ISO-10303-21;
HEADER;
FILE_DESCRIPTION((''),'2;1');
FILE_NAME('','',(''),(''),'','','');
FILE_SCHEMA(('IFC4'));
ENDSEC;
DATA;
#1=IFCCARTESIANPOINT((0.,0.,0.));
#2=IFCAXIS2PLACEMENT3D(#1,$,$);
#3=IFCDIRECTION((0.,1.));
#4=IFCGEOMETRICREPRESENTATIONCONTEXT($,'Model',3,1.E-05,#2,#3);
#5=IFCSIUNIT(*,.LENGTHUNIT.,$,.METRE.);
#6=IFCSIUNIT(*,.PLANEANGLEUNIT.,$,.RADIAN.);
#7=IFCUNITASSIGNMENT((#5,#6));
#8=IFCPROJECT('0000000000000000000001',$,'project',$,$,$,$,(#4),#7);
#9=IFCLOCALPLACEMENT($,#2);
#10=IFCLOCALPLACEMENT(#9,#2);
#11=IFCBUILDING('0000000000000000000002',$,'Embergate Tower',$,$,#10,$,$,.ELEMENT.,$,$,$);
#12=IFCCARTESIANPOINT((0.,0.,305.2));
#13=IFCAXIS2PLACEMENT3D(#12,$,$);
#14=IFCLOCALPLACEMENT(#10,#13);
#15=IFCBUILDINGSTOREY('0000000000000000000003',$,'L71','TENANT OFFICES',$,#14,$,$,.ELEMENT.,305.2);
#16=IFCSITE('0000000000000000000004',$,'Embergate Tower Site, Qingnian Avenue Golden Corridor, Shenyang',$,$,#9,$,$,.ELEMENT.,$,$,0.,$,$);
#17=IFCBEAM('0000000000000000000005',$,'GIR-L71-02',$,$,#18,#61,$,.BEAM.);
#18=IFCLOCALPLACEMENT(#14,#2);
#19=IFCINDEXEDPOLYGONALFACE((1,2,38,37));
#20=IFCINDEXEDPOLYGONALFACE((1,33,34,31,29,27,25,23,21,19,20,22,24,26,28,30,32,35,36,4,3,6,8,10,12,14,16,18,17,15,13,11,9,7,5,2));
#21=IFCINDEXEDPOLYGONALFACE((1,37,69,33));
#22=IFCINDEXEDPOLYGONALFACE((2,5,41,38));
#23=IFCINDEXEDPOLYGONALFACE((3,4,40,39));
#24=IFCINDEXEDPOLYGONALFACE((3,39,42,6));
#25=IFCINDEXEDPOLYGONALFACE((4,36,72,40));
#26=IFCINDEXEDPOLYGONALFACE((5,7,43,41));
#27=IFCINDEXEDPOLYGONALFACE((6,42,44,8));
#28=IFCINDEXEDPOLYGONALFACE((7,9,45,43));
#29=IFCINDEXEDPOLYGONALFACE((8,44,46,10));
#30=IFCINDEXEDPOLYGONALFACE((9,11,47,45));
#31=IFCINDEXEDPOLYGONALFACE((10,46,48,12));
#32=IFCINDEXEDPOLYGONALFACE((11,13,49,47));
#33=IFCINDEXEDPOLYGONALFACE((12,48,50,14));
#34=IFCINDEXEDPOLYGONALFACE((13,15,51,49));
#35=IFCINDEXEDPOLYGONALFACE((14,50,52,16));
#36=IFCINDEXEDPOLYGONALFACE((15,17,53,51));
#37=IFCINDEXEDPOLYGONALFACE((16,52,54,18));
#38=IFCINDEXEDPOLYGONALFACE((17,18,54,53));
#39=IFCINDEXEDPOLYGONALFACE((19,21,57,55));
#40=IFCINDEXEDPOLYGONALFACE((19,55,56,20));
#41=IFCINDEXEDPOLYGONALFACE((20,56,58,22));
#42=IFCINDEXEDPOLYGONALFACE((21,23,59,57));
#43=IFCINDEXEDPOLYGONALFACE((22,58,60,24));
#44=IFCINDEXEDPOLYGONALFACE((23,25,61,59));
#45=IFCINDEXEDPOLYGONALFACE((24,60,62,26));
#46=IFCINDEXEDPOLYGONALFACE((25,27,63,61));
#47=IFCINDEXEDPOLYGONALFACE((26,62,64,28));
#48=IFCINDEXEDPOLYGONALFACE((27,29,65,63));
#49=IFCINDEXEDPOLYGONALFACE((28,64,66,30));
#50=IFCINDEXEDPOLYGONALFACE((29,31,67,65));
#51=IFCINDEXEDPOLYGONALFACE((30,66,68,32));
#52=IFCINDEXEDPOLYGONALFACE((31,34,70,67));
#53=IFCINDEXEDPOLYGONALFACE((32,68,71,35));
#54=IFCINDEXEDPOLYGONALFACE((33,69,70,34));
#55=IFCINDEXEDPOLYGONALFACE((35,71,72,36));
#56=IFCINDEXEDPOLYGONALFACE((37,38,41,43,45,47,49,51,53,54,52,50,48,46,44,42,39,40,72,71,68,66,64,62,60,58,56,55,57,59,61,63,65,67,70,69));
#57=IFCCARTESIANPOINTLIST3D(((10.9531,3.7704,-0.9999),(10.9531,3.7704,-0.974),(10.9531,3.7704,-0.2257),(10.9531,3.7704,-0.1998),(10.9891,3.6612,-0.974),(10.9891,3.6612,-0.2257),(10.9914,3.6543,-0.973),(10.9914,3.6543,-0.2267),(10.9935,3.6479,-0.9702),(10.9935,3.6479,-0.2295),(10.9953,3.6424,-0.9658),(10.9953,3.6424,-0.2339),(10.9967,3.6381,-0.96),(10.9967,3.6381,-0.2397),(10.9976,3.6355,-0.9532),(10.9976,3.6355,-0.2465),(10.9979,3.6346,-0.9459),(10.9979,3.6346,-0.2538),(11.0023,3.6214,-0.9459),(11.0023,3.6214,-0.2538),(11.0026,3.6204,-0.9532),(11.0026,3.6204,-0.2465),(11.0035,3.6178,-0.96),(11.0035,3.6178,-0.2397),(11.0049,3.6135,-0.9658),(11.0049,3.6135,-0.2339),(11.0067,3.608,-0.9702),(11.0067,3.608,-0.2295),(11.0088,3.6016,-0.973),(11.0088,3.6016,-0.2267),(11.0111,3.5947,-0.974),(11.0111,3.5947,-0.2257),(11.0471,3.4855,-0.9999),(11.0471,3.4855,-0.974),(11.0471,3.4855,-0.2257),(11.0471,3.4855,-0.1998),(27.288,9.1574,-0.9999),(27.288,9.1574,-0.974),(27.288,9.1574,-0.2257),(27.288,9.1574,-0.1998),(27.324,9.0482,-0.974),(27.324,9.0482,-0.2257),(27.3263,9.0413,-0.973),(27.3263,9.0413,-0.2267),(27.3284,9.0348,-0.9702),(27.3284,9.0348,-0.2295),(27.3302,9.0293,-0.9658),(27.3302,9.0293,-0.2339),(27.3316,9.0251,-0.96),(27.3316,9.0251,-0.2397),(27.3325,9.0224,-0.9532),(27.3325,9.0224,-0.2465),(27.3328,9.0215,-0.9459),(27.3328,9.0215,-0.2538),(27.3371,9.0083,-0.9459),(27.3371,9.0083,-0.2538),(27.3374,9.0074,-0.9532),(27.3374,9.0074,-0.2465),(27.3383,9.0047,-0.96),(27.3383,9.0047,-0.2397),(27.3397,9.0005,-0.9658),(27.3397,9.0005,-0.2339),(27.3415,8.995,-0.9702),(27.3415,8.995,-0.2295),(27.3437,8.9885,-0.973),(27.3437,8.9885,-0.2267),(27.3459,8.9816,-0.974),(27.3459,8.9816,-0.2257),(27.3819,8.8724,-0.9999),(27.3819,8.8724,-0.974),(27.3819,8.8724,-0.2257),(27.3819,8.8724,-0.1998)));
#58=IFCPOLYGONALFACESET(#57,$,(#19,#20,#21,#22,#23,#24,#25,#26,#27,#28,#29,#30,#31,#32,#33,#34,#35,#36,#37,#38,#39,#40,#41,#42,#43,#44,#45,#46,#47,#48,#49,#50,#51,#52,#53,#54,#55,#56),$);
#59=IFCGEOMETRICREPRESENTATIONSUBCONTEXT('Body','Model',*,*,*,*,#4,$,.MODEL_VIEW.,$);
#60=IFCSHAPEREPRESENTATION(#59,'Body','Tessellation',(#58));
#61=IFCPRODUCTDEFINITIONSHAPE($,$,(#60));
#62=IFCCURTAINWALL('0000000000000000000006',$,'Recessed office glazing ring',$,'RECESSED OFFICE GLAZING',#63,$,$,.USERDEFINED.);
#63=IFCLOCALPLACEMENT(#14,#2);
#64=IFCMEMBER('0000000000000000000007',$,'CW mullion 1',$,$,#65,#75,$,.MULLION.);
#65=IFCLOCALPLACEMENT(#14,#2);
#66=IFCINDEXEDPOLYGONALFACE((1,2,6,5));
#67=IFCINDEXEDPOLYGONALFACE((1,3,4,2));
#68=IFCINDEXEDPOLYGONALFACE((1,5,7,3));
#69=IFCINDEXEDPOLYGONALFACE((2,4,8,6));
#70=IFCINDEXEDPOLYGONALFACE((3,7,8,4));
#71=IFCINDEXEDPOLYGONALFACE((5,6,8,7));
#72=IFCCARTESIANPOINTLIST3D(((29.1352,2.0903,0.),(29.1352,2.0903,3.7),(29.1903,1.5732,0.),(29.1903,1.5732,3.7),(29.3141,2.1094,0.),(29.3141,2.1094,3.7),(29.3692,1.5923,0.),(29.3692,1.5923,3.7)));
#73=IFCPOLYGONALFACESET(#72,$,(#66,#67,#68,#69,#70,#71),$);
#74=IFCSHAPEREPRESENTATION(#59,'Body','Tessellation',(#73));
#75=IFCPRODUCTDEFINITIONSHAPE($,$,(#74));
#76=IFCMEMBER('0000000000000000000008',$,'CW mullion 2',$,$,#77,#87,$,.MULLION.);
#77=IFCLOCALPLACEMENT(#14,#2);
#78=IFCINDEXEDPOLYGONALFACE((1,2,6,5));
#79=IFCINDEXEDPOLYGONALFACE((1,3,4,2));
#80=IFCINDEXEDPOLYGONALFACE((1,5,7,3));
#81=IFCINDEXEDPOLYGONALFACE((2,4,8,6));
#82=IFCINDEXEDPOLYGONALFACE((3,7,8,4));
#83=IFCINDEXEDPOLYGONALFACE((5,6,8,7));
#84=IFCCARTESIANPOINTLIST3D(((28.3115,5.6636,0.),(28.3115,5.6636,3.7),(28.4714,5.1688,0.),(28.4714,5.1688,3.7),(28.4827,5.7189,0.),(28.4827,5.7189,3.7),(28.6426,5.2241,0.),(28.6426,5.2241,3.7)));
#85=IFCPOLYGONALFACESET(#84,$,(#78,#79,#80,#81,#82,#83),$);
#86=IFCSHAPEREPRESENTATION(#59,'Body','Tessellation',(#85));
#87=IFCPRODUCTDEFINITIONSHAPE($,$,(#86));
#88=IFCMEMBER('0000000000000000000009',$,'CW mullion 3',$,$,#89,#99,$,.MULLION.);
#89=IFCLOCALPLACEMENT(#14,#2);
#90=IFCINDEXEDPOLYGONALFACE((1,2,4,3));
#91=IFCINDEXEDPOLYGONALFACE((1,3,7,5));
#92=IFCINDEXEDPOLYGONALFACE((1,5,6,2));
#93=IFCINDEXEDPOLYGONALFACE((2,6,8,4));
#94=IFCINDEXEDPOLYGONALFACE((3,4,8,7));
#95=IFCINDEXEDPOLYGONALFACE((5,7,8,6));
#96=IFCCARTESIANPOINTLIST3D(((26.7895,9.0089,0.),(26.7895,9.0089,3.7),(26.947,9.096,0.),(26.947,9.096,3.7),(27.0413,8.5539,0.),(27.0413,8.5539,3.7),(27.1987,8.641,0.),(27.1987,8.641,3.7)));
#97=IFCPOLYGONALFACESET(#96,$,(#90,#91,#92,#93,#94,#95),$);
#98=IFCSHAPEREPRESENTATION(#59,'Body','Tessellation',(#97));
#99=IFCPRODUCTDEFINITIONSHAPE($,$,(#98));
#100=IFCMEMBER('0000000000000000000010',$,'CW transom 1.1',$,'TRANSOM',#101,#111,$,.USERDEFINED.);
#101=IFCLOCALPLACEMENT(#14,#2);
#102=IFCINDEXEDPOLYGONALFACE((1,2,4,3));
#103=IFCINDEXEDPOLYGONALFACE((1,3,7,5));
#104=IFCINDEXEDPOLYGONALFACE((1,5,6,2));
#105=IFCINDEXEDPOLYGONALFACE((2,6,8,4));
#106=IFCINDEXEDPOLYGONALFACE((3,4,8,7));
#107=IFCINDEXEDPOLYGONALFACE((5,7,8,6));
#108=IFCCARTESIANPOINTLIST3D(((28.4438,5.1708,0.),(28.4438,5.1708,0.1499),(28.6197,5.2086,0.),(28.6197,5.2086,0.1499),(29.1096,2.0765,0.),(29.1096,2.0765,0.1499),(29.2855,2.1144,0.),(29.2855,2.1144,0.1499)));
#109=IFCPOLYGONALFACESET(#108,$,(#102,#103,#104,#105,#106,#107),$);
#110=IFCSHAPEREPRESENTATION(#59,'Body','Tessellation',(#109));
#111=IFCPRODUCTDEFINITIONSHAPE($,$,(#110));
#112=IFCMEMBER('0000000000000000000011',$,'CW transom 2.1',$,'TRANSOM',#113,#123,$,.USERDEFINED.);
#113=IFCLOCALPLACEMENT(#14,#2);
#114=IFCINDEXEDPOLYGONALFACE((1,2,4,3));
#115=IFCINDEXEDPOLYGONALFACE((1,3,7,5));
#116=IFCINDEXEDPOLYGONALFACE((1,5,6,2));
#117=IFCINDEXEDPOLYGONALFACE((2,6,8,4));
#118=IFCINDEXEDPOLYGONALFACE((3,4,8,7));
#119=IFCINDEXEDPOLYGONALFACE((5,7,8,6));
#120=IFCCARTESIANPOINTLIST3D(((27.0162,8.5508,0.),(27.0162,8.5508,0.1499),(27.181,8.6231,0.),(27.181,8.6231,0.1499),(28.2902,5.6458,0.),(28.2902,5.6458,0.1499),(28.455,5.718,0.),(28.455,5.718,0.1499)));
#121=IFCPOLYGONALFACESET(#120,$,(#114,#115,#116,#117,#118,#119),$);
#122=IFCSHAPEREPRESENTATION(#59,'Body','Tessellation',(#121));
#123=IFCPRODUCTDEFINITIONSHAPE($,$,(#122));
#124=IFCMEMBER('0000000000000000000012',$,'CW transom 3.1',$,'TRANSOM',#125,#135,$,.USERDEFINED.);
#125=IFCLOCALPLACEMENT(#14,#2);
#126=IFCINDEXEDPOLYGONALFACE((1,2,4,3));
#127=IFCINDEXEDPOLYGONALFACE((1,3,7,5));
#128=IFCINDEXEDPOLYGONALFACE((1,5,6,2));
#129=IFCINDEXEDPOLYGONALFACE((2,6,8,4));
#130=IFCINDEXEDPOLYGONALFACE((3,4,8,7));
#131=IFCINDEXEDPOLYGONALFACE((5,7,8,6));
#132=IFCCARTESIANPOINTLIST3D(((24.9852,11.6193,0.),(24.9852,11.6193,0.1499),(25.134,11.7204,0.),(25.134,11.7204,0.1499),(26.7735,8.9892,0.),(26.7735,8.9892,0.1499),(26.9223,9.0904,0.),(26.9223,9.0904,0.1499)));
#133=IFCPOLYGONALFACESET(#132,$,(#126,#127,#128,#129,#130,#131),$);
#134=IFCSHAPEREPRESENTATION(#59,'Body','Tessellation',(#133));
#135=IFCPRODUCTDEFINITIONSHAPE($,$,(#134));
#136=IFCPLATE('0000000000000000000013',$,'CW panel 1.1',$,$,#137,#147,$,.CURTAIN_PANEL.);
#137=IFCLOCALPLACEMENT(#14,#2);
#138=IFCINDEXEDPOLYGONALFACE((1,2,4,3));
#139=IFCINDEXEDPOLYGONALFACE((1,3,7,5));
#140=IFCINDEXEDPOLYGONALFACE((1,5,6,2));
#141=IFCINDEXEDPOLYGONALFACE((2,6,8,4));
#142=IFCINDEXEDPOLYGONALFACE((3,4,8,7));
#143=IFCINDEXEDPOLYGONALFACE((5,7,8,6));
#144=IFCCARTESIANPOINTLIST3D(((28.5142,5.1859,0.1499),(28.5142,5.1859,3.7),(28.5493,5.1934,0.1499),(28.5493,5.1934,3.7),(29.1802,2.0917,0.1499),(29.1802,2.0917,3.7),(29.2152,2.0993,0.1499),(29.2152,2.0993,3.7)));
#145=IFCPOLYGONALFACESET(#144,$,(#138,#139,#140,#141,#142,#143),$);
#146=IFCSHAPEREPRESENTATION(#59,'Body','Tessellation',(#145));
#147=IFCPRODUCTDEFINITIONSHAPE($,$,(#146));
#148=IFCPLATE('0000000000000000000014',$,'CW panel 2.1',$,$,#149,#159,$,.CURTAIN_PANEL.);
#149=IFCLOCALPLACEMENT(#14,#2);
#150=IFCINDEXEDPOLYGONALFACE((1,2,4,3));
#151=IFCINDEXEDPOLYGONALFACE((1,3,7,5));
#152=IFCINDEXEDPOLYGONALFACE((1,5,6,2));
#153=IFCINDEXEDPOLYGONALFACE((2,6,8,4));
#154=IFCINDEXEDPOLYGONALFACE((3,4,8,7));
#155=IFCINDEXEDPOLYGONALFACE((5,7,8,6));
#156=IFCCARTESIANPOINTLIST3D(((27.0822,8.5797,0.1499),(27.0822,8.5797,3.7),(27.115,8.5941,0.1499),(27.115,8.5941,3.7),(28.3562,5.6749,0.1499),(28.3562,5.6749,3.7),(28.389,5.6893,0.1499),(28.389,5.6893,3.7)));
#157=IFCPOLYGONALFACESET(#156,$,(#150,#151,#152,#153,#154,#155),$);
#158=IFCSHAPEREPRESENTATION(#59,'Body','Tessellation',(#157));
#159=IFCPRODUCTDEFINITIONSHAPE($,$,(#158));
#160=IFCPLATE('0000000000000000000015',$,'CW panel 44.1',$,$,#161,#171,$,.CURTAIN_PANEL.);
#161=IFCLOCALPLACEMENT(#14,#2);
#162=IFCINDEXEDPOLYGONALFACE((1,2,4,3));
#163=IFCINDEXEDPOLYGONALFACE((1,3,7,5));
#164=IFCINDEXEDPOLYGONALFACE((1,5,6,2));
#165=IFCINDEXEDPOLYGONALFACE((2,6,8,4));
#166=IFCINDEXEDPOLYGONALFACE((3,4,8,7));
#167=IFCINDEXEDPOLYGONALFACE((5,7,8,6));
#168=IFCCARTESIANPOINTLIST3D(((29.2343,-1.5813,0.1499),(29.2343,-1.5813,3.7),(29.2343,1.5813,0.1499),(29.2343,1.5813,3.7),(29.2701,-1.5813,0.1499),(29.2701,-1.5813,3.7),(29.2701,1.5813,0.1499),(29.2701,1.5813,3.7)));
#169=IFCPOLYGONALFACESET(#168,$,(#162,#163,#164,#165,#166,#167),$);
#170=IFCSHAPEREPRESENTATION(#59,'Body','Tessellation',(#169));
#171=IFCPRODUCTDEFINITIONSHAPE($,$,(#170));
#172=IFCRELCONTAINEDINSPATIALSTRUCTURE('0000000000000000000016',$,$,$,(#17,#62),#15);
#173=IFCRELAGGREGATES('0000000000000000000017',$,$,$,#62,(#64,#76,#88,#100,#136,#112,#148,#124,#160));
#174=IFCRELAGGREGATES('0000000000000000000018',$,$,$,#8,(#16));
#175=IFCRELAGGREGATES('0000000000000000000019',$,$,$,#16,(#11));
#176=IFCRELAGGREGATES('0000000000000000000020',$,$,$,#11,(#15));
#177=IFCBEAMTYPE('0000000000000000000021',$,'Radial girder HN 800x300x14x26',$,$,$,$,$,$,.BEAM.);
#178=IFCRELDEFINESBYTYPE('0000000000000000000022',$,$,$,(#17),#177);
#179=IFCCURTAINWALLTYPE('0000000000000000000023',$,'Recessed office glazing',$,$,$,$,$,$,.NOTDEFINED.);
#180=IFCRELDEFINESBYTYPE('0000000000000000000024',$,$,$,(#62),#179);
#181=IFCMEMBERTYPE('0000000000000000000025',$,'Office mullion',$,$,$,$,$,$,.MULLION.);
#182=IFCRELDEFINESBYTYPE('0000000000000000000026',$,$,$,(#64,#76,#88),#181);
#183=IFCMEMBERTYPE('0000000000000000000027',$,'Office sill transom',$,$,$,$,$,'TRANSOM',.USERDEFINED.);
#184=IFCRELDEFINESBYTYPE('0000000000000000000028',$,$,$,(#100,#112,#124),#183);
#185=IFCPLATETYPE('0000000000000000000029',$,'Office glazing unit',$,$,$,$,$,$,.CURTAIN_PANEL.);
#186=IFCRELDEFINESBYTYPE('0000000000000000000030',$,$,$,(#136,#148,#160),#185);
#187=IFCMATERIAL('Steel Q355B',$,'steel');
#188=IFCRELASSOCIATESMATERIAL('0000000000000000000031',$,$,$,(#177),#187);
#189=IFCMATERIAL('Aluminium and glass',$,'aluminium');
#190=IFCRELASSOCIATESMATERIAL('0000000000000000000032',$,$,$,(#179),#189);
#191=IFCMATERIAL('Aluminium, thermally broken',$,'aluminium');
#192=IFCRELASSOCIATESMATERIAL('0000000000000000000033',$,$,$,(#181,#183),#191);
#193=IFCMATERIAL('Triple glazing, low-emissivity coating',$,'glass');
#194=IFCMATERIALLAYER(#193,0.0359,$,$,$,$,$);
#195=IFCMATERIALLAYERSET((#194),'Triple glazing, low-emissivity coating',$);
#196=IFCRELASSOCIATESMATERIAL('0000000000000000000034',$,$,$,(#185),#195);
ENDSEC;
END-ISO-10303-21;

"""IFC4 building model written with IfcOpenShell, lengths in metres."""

from ifc_helpers import new_model, si_unit, direction, frame, origin, origin_2d, place, context, subcontext, project, spatial, rectangle, i_section, extrude, source, transform, mapped, material, layer, layer_set, material_profile, profile_set, type_object, element, aggregate, save


model = new_model("IFC4")

# Units and contexts
model_context = context("Model", 3, precision=1e-05, world=origin(), true_north=direction((0.0, 1.0)))
body_context = subcontext(model_context, "Body", "Model", "MODEL_VIEW")
ifc_project = project(units=[si_unit("LENGTHUNIT", "METRE"), si_unit("PLANEANGLEUNIT", "RADIAN")], contexts=[model_context])

# Site, building, storey
site_placement = place(None, origin())
site = spatial("IfcSite", under=ifc_project, at=site_placement, Name="Embergate Tower Site, Qingnian Avenue Golden Corridor, Shenyang", CompositionType="ELEMENT", RefElevation=0.0)
building_placement = place(site_placement, origin())
building = spatial("IfcBuilding", under=site, at=building_placement, Name="Embergate Tower", CompositionType="ELEMENT")
storey_placement = place(building_placement, frame((0.0, 0.0, 305.2)))
storey = spatial("IfcBuildingStorey", under=building, at=storey_placement, Name="L71", Description="TENANT OFFICES", CompositionType="ELEMENT", Elevation=305.2)

# Beam
ifc_material_1 = material(Name="Steel Q355B", Category="steel")
ifc_material_profile_1 = material_profile(ifc_material_1, i_section(OverallWidth=0.3, OverallDepth=0.8, WebThickness=0.0139, FlangeThickness=0.0259, FilletRadius=0.0281, at=origin_2d()), Name="HN 800x300x14x26")
ifc_profile_set_1 = profile_set([ifc_material_profile_1], Name="Steel Q355 grade B")
beam_type_1 = type_object("IfcBeamType", Name="Radial girder HN 800x300x14x26", PredefinedType="BEAM", material=ifc_profile_set_1)
shared_shape_1 = source(origin(), body_context, "Body", "SweptSolid", [
    extrude(i_section(OverallWidth=0.3, OverallDepth=0.8, WebThickness=0.0139, FlangeThickness=0.0259, FilletRadius=0.0281, at=origin_2d()), origin(), (0.0, 0.0, 1.0), 17.2002),
])
beam_1_placement = place(storey_placement, frame((27.335, 9.0149, -0.5999), z_axis=(-0.94969, -0.31319, 0.0), x_axis=(0.31319, -0.94969, 0.0)))
element("IfcBeam", 1, at=beam_1_placement, inside=storey, type_object=beam_type_1, Name="GIR-L71-02", PredefinedType="BEAM", context=body_context, shape_type="MappedRepresentation", body=[
    mapped(shared_shape_1, transform((0.0, 0.0, 0.0))),
])

# Curtain wall, members, plates
ifc_material_2 = material(Name="Aluminium and glass", Category="aluminium")
curtain_wall_type = type_object("IfcCurtainWallType", Name="Recessed office glazing", PredefinedType="NOTDEFINED", material=ifc_material_2)
curtain_wall_placement = place(storey_placement, origin())
curtain_wall = element("IfcCurtainWall", 2, at=curtain_wall_placement, inside=storey, type_object=curtain_wall_type, Name="Recessed office glazing ring", ObjectType="RECESSED OFFICE GLAZING", PredefinedType="USERDEFINED")
ifc_material_3 = material(Name="Aluminium, thermally broken", Category="aluminium")
ifc_material_profile_2 = material_profile(ifc_material_3, rectangle(XDim=0.1799, YDim=0.52, at=origin_2d()), Name="AL 520x180")
ifc_profile_set_2 = profile_set([ifc_material_profile_2], Name="Aluminium, thermally broken")
member_type_1 = type_object("IfcMemberType", Name="Office mullion", PredefinedType="MULLION", material=ifc_profile_set_2)
shared_shape_2 = source(origin(), body_context, "Body", "SweptSolid", [
    extrude(rectangle(XDim=0.1799, YDim=0.52, at=origin_2d()), origin(), (0.0, 0.0, 1.0), 3.7),
])
member_1_placement = place(storey_placement, frame((29.2522, 1.8413, 0.0), z_axis=(0.0, 0.0, 1.0), x_axis=(-0.994384, -0.10583, 0.0)))
member_1 = element("IfcMember", 3, at=member_1_placement, type_object=member_type_1, Name="CW mullion 1", PredefinedType="MULLION", context=body_context, shape_type="MappedRepresentation", body=[
    mapped(shared_shape_2, transform((0.0, 0.0, 0.0))),
])
member_2_placement = place(storey_placement, frame((28.4771, 5.4438, 0.0), z_axis=(0.0, 0.0, 1.0), x_axis=(-0.951493, -0.307671, 0.0)))
member_2 = element("IfcMember", 4, at=member_2_placement, type_object=member_type_1, Name="CW mullion 2", PredefinedType="MULLION", context=body_context, shape_type="MappedRepresentation", body=[
    mapped(shared_shape_2, transform((0.0, 0.0, 0.0))),
])
member_3_placement = place(storey_placement, frame((26.9941, 8.825, 0.0), z_axis=(0.0, 0.0, 1.0), x_axis=(-0.874993, -0.484135, 0.0)))
member_3 = element("IfcMember", 5, at=member_3_placement, type_object=member_type_1, Name="CW mullion 3", PredefinedType="MULLION", context=body_context, shape_type="MappedRepresentation", body=[
    mapped(shared_shape_2, transform((0.0, 0.0, 0.0))),
])
ifc_material_profile_3 = material_profile(ifc_material_3, rectangle(XDim=0.1799, YDim=0.1499, at=origin_2d()), Name="AL 150x180")
ifc_profile_set_3 = profile_set([ifc_material_profile_3], Name="Aluminium, thermally broken")
member_type_2 = type_object("IfcMemberType", Name="Office sill transom", ElementType="TRANSOM", PredefinedType="USERDEFINED", material=ifc_profile_set_3)
shared_shape_3 = source(origin(), body_context, "Body", "SweptSolid", [
    extrude(rectangle(XDim=0.1799, YDim=0.1499, at=origin_2d()), origin(), (0.0, 0.0, 1.0), 3.165),
])
member_4_placement = place(storey_placement, frame((29.1975, 2.0955, 0.075), z_axis=(-0.210351, 0.977626, 0.0), x_axis=(-0.977626, -0.210351, 0.0)))
member_4 = element("IfcMember", 6, at=member_4_placement, type_object=member_type_2, Name="CW transom 1.1", ObjectType="TRANSOM", PredefinedType="USERDEFINED", context=body_context, shape_type="MappedRepresentation", body=[
    mapped(shared_shape_3, transform((0.0, 0.0, 0.0))),
])
shared_shape_4 = source(origin(), body_context, "Body", "SweptSolid", [
    extrude(rectangle(XDim=0.1799, YDim=0.1499, at=origin_2d()), origin(), (0.0, 0.0, 1.0), 3.1721),
])
member_5_placement = place(storey_placement, frame((28.3726, 5.6819, 0.075), z_axis=(-0.401606, 0.915813, 0.0), x_axis=(-0.915813, -0.401606, 0.0)))
member_5 = element("IfcMember", 7, at=member_5_placement, type_object=member_type_2, Name="CW transom 2.1", ObjectType="TRANSOM", PredefinedType="USERDEFINED", context=body_context, shape_type="MappedRepresentation", body=[
    mapped(shared_shape_4, transform((0.0, 0.0, 0.0))),
])
shared_shape_5 = source(origin(), body_context, "Body", "SweptSolid", [
    extrude(rectangle(XDim=0.1799, YDim=0.1499, at=origin_2d()), origin(), (0.0, 0.0, 1.0), 3.1804),
])
member_6_placement = place(storey_placement, frame((26.8479, 9.0398, 0.075), z_axis=(-0.562276, 0.826949, 0.0), x_axis=(-0.826949, -0.562276, 0.0)))
member_6 = element("IfcMember", 8, at=member_6_placement, type_object=member_type_2, Name="CW transom 3.1", ObjectType="TRANSOM", PredefinedType="USERDEFINED", context=body_context, shape_type="MappedRepresentation", body=[
    mapped(shared_shape_5, transform((0.0, 0.0, 0.0))),
])
ifc_material_4 = material(Name="Triple glazing, low-emissivity coating", Category="glass")
ifc_layer_1 = layer(ifc_material_4, 0.0359)
ifc_layer_set_1 = layer_set([ifc_layer_1], Name="Triple glazing, low-emissivity coating")
plate_type = type_object("IfcPlateType", Name="Office glazing unit", PredefinedType="CURTAIN_PANEL", material=ifc_layer_set_1)
shared_shape_6 = source(origin(), body_context, "Body", "SweptSolid", [
    extrude(rectangle(XDim=3.165, YDim=0.0359, at=origin_2d()), origin(), (0.0, 0.0, 1.0), 3.55),
])
plate_1_placement = place(storey_placement, frame((28.8647, 3.6426, 0.1499), z_axis=(0.0, 0.0, 1.0), x_axis=(-0.210398, 0.977616, 0.0)))
plate_1 = element("IfcPlate", 9, at=plate_1_placement, type_object=plate_type, Name="CW panel 1.1", PredefinedType="CURTAIN_PANEL", context=body_context, shape_type="MappedRepresentation", body=[
    mapped(shared_shape_6, transform((0.0, 0.0, 0.0))),
])
shared_shape_7 = source(origin(), body_context, "Body", "SweptSolid", [
    extrude(rectangle(XDim=3.1719, YDim=0.0359, at=origin_2d()), origin(), (0.0, 0.0, 1.0), 3.55),
])
plate_2_placement = place(storey_placement, frame((27.7356, 7.1345, 0.1499), z_axis=(0.0, 0.0, 1.0), x_axis=(-0.401652, 0.915792, 0.0)))
plate_2 = element("IfcPlate", 10, at=plate_2_placement, type_object=plate_type, Name="CW panel 2.1", PredefinedType="CURTAIN_PANEL", context=body_context, shape_type="MappedRepresentation", body=[
    mapped(shared_shape_7, transform((0.0, 0.0, 0.0))),
])
shared_shape_8 = source(origin(), body_context, "Body", "SweptSolid", [
    extrude(rectangle(XDim=3.1626, YDim=0.0359, at=origin_2d()), origin(), (0.0, 0.0, 1.0), 3.55),
])
plate_3_placement = place(storey_placement, frame((29.2522, 0.0, 0.1499), z_axis=(0.0, 0.0, 1.0), x_axis=(0.0, 1.0, 0.0)))
plate_3 = element("IfcPlate", 11, at=plate_3_placement, type_object=plate_type, Name="CW panel 44.1", PredefinedType="CURTAIN_PANEL", context=body_context, shape_type="MappedRepresentation", body=[
    mapped(shared_shape_8, transform((0.0, 0.0, 0.0))),
])
aggregate(curtain_wall, [member_1, member_2, member_3, member_4, plate_1, member_5, plate_2, member_6, plate_3])

save(model, "model.ifc")
